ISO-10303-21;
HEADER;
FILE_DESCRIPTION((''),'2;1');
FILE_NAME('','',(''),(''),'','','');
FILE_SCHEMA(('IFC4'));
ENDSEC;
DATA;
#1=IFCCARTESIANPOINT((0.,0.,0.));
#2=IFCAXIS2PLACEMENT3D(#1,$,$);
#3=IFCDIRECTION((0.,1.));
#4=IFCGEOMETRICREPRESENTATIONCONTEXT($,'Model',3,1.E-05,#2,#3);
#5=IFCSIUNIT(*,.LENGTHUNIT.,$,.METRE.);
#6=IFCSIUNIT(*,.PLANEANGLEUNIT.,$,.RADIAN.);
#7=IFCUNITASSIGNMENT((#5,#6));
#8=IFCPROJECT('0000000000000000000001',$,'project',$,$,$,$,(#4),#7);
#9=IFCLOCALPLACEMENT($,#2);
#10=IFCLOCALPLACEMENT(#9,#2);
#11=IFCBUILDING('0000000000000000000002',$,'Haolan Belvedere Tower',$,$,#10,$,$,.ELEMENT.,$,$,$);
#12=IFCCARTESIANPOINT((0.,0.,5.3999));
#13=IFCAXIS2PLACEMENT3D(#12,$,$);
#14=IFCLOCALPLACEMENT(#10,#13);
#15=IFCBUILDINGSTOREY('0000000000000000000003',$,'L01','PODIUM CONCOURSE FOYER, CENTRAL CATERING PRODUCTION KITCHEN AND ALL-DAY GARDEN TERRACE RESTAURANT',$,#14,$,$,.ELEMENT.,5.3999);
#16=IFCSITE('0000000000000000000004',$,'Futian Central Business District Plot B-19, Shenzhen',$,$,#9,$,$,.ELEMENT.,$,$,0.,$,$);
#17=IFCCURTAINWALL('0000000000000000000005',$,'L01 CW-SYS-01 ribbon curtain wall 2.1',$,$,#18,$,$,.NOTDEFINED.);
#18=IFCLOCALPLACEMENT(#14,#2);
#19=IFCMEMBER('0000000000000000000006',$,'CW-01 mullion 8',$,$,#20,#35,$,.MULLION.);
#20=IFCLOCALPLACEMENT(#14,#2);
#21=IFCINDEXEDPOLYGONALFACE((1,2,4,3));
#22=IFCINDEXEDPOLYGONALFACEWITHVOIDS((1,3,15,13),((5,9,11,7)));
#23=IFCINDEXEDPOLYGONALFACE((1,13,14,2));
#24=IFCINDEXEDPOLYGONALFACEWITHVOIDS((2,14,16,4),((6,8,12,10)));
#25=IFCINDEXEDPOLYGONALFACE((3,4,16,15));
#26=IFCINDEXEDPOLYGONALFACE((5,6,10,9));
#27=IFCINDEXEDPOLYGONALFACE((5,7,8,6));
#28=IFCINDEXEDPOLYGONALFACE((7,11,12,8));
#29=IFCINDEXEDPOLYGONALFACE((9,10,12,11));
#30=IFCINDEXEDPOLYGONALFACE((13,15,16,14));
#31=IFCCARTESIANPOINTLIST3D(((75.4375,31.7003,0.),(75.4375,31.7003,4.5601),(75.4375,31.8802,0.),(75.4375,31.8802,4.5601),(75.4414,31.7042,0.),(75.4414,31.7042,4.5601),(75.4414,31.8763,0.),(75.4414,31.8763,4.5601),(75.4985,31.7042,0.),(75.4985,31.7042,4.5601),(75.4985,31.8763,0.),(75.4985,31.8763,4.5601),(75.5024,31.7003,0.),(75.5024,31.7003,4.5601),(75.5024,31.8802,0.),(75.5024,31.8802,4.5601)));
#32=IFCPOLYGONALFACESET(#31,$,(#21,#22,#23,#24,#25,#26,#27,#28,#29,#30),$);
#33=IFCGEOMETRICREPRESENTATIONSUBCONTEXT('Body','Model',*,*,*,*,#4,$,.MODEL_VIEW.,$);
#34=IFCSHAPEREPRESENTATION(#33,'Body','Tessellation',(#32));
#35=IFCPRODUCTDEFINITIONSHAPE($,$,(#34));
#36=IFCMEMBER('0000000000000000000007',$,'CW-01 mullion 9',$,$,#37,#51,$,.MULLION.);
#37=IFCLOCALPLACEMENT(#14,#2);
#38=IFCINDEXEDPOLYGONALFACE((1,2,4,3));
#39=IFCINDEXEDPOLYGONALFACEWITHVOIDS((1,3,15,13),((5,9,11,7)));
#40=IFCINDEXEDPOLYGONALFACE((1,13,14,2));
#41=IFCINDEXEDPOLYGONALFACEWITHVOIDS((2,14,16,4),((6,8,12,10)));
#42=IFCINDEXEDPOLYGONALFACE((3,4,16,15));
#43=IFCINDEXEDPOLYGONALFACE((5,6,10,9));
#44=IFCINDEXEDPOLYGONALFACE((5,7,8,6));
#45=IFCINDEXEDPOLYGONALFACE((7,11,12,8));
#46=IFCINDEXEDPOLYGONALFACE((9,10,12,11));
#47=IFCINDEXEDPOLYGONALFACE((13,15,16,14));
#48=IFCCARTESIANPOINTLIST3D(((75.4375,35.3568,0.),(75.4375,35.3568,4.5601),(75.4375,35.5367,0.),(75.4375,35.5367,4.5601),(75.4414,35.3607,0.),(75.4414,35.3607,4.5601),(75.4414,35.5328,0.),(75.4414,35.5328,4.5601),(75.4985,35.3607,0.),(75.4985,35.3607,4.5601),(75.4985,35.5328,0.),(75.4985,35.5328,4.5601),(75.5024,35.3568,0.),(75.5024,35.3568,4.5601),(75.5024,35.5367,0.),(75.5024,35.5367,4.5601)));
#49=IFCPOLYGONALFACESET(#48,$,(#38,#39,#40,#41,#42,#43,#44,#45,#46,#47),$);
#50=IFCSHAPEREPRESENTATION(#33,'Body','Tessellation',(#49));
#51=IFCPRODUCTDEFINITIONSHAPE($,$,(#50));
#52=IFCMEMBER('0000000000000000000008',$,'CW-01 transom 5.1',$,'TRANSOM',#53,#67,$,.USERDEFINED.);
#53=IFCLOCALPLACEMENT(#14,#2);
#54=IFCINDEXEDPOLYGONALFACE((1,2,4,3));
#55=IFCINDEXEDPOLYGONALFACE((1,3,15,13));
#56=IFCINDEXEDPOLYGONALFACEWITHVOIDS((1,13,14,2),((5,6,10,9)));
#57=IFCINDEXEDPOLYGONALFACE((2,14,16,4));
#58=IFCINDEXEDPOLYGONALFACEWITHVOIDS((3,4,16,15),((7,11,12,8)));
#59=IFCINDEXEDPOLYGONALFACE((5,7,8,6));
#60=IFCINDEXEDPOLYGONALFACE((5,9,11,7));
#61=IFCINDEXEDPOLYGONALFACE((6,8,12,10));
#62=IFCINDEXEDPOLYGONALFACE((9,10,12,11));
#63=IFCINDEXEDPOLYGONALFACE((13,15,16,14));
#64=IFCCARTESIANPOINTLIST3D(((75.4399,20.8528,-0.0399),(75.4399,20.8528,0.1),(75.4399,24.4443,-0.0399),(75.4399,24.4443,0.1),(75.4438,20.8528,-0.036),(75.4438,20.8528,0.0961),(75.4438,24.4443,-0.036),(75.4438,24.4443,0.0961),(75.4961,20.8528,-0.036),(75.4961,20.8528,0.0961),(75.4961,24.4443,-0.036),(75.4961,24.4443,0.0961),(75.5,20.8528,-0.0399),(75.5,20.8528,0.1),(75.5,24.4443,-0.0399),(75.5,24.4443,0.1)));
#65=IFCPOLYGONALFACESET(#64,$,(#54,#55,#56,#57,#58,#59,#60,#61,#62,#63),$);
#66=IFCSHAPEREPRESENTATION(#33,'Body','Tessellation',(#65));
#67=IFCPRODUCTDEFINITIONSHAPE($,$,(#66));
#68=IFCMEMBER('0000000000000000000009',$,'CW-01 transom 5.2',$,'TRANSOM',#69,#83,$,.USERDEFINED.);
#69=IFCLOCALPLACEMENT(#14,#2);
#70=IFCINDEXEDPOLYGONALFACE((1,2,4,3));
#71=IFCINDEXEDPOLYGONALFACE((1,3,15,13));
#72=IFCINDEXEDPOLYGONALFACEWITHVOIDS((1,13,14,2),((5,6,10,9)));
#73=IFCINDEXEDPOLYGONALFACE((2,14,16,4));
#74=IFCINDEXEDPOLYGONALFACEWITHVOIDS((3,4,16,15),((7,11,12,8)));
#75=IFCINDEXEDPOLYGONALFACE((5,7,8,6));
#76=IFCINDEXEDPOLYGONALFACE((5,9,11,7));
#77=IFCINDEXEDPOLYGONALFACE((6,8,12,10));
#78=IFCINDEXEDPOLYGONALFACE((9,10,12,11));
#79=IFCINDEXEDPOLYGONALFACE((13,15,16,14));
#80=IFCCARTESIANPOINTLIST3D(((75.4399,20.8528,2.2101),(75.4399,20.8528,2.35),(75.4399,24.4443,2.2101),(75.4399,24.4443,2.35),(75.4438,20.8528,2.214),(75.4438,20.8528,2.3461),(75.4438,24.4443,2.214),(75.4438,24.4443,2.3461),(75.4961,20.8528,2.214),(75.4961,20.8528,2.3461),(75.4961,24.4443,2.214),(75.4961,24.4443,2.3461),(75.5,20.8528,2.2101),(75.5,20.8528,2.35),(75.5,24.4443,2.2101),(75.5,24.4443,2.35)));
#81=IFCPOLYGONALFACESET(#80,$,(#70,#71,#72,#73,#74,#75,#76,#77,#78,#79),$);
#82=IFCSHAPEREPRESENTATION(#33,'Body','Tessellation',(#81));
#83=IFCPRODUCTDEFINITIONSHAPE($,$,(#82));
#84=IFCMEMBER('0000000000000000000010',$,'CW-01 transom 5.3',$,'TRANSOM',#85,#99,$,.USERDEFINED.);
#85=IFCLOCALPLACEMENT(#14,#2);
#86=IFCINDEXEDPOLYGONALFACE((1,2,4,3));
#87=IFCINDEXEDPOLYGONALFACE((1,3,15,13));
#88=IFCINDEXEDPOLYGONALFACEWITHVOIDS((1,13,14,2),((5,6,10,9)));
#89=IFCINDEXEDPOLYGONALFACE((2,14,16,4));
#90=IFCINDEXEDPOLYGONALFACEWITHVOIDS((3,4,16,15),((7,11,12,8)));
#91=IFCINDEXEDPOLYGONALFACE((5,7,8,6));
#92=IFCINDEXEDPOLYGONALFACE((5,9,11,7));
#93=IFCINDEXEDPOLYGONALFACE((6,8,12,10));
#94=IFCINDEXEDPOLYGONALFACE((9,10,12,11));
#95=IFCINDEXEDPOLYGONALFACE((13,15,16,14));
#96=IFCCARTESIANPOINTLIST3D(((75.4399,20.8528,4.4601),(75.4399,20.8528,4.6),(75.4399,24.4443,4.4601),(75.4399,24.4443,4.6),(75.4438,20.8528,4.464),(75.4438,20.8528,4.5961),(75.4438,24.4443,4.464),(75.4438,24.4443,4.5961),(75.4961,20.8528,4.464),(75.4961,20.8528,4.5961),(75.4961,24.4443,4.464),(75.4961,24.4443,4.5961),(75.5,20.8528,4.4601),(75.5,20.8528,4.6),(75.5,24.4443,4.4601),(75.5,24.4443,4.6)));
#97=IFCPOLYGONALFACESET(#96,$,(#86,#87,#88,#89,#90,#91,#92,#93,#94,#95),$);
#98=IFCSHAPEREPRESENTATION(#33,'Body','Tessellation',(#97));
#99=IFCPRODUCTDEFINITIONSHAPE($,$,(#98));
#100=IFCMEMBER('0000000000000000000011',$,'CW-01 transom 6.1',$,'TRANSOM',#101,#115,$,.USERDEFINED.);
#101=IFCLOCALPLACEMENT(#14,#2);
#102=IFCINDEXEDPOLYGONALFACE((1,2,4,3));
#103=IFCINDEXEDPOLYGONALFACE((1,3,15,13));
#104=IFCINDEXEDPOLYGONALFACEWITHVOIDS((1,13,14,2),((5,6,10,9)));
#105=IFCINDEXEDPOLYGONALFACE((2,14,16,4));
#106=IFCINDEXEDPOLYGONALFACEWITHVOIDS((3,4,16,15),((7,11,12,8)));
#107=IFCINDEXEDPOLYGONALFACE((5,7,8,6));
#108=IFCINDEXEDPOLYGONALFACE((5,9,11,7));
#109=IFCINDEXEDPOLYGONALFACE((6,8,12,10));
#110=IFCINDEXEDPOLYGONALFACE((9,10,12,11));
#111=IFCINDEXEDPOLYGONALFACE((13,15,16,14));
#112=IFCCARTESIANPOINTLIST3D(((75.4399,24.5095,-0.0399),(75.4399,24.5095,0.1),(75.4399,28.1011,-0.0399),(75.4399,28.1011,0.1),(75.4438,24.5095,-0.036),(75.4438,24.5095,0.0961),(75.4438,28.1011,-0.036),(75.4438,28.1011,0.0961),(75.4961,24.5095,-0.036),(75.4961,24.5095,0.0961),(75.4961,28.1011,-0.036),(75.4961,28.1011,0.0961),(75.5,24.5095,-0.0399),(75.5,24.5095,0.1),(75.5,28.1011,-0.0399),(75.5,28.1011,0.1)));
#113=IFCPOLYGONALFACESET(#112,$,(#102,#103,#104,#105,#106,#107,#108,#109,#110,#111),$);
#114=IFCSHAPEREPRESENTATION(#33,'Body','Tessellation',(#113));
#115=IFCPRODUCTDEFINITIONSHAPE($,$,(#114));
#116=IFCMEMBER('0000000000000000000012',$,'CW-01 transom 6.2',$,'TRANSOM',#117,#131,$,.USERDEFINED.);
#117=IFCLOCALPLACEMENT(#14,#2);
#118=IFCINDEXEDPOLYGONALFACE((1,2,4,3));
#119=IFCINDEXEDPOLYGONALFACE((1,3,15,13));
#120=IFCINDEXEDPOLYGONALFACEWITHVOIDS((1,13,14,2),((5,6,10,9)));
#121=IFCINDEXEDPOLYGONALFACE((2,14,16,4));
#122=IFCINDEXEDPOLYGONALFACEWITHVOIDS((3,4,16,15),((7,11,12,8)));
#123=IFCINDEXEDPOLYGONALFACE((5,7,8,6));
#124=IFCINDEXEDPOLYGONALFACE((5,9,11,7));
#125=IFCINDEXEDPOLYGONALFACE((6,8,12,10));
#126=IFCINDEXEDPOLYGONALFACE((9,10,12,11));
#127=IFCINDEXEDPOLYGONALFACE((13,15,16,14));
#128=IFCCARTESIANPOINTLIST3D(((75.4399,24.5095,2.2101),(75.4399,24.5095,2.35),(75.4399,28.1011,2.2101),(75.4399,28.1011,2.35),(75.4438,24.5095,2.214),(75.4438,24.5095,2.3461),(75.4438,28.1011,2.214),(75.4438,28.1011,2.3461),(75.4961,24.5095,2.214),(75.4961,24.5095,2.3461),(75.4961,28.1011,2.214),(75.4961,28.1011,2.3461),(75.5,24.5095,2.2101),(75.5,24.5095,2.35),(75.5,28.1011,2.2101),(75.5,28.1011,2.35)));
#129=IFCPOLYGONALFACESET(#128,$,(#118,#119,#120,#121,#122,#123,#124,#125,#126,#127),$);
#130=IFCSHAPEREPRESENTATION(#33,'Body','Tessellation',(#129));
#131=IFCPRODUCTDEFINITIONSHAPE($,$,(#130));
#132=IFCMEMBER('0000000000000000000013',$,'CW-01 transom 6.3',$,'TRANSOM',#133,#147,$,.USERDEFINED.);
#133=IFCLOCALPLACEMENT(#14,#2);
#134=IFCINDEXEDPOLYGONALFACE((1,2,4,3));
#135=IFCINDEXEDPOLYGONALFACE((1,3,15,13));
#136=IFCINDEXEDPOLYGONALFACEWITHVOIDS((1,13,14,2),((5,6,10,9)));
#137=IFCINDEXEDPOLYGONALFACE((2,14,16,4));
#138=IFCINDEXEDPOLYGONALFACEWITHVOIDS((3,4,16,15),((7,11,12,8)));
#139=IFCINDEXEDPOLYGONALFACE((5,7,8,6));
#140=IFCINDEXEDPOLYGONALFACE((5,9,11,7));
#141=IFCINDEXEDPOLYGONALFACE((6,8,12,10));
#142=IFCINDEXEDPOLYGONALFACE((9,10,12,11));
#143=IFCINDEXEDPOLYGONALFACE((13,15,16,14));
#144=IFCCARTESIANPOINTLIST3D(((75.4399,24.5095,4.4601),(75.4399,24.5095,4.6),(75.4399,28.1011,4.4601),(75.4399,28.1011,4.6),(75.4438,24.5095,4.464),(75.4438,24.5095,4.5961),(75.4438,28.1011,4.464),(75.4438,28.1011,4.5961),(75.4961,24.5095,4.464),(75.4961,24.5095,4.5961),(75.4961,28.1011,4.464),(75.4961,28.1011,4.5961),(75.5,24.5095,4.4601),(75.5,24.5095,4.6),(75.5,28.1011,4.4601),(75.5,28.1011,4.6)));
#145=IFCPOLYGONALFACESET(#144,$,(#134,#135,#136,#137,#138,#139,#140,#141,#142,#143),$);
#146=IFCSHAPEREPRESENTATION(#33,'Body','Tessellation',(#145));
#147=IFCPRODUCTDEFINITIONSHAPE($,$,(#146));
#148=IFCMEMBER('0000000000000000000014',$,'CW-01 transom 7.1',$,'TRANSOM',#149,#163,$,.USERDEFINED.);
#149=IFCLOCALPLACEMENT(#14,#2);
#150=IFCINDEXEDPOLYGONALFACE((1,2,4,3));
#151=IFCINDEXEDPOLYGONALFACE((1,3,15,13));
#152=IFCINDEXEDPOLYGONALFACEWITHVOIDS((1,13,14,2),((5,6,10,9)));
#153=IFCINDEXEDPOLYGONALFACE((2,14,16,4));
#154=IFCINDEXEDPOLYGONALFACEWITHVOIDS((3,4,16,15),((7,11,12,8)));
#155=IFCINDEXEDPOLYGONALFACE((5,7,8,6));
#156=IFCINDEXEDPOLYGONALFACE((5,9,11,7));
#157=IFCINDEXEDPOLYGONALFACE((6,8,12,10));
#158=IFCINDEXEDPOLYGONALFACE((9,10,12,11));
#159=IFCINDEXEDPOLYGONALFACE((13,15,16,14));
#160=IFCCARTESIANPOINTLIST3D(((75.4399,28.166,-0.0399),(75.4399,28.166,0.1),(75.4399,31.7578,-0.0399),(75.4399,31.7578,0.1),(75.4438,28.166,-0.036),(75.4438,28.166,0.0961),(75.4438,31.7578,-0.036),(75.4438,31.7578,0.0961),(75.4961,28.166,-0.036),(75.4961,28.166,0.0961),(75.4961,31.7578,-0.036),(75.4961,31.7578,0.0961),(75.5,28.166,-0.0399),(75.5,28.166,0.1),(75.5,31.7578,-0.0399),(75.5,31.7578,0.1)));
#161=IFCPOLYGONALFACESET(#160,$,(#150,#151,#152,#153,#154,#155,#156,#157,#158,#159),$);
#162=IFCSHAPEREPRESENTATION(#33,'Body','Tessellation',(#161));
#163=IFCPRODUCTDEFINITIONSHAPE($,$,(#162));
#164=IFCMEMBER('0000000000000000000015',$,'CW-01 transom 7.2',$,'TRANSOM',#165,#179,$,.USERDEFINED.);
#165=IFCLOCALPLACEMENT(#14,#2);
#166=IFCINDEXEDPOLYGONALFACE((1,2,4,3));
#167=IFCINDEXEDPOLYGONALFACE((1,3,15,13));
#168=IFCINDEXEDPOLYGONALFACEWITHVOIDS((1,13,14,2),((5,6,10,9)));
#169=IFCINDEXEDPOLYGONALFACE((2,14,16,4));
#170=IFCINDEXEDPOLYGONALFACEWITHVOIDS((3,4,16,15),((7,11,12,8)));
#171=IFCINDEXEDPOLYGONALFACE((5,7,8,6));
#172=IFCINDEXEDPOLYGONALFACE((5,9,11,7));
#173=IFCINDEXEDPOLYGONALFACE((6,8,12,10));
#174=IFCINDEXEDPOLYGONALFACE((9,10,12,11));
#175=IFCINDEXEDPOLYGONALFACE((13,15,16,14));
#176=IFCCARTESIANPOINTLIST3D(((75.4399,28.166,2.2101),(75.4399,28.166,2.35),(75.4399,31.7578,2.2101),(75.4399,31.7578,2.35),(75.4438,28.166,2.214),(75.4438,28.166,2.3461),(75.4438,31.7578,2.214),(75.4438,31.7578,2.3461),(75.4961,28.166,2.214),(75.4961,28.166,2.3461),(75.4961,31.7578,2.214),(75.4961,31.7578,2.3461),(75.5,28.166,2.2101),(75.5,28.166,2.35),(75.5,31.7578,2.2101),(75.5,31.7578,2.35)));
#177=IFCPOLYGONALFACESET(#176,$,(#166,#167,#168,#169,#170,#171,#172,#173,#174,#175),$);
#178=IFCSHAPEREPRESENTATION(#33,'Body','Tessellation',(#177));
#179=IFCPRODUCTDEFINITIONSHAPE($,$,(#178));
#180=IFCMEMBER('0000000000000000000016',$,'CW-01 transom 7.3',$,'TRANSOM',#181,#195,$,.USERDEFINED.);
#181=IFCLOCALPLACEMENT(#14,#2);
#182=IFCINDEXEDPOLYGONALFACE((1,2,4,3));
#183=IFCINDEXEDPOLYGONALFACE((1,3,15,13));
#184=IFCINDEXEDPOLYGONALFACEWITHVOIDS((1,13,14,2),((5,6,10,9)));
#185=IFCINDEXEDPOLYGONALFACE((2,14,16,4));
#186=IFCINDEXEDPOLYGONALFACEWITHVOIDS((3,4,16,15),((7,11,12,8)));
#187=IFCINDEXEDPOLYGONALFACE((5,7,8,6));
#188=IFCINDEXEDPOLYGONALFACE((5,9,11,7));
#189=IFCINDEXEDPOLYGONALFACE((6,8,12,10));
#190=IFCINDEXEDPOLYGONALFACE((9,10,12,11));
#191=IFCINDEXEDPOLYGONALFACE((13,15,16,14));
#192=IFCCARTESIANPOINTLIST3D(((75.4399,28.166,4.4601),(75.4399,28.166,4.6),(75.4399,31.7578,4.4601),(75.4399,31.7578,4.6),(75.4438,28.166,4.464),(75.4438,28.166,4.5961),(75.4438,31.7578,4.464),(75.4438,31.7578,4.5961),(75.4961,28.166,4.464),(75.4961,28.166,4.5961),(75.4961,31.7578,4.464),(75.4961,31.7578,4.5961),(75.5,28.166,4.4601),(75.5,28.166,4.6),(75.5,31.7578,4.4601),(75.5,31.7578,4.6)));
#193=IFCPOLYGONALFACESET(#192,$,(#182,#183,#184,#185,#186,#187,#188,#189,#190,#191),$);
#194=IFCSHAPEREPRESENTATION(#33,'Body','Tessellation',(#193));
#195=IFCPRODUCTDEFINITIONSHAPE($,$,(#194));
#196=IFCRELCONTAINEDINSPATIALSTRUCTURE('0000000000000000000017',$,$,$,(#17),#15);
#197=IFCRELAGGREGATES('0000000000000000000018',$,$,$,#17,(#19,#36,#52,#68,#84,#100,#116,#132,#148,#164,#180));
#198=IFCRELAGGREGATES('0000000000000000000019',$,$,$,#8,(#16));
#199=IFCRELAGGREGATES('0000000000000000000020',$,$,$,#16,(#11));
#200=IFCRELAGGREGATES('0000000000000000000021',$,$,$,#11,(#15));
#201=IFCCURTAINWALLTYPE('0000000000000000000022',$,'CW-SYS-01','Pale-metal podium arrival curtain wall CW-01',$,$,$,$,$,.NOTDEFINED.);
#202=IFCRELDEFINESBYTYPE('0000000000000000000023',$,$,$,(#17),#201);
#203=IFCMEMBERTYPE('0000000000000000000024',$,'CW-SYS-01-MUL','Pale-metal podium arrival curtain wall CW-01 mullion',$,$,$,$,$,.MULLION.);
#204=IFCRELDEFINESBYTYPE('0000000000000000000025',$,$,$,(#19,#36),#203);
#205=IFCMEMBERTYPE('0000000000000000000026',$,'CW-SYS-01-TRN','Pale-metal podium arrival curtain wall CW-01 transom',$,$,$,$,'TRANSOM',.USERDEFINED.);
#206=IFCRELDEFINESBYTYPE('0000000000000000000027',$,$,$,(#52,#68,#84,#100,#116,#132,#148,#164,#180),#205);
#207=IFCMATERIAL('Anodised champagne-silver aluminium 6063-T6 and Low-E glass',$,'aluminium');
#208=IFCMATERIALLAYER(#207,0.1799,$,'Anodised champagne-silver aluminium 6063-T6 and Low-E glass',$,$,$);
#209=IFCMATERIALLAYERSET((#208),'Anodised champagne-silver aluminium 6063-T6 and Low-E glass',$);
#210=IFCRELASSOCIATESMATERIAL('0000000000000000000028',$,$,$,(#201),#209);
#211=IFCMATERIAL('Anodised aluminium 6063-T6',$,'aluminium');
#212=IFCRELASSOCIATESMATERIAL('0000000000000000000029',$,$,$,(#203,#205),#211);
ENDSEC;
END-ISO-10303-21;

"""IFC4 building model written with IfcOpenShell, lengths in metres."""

from ifc_helpers import new_model, si_unit, direction, frame, origin, origin_2d, place, context, subcontext, project, spatial, hollow_rectangle, extrude, material, layer, layer_set, material_profile, profile_set, type_object, element, aggregate, save


model = new_model("IFC4")

# Units and contexts
model_context = context("Model", 3, precision=1e-05, world=origin(), true_north=direction((0.0, 1.0)))
body_context = subcontext(model_context, "Body", "Model", "MODEL_VIEW")
ifc_project = project(units=[si_unit("LENGTHUNIT", "METRE"), si_unit("PLANEANGLEUNIT", "RADIAN")], contexts=[model_context])

# Site, building, storey
site_placement = place(None, origin())
site = spatial("IfcSite", under=ifc_project, at=site_placement, Name="Futian Central Business District Plot B-19, Shenzhen", CompositionType="ELEMENT", RefElevation=0.0)
building_placement = place(site_placement, origin())
building = spatial("IfcBuilding", under=site, at=building_placement, Name="Haolan Belvedere Tower", CompositionType="ELEMENT")
storey_placement = place(building_placement, frame((0.0, 0.0, 5.3999)))
storey = spatial("IfcBuildingStorey", under=building, at=storey_placement, Name="L01", Description="PODIUM CONCOURSE FOYER, CENTRAL CATERING PRODUCTION KITCHEN AND ALL-DAY GARDEN TERRACE RESTAURANT", CompositionType="ELEMENT", Elevation=5.3999)

# Curtain wall, members
ifc_material_1 = material(Name="Anodised champagne-silver aluminium 6063-T6 and Low-E glass", Category="aluminium")
ifc_layer_1 = layer(ifc_material_1, 0.1799, Name="Anodised champagne-silver aluminium 6063-T6 and Low-E glass")
ifc_layer_set_1 = layer_set([ifc_layer_1], Name="Anodised champagne-silver aluminium 6063-T6 and Low-E glass")
curtain_wall_type = type_object("IfcCurtainWallType", Name="CW-SYS-01", Description="Pale-metal podium arrival curtain wall CW-01", PredefinedType="NOTDEFINED", material=ifc_layer_set_1)
curtain_wall_placement = place(storey_placement, origin())
curtain_wall = element("IfcCurtainWall", 1, at=curtain_wall_placement, inside=storey, type_object=curtain_wall_type, Name="L01 CW-SYS-01 ribbon curtain wall 2.1", PredefinedType="NOTDEFINED")
ifc_material_2 = material(Name="Anodised aluminium 6063-T6", Category="aluminium")
ifc_material_profile_1 = material_profile(ifc_material_2, hollow_rectangle(XDim=0.0649, YDim=0.1799, WallThickness=0.0039, at=origin_2d()), Name="Anodised aluminium 6063-T6")
ifc_profile_set_1 = profile_set([ifc_material_profile_1], Name="Anodised aluminium 6063-T6")
member_type_1 = type_object("IfcMemberType", Name="CW-SYS-01-MUL", Description="Pale-metal podium arrival curtain wall CW-01 mullion", PredefinedType="MULLION", material=ifc_profile_set_1)
member_1_placement = place(storey_placement, frame((75.47, 31.7903, 0.0), z_axis=(0.0, 0.0, 1.0), x_axis=(-1.0, 0.0, 0.0)))
member_1 = element("IfcMember", 2, at=member_1_placement, type_object=member_type_1, Name="CW-01 mullion 8", PredefinedType="MULLION", context=body_context, shape_type="SweptSolid", body=[
    extrude(hollow_rectangle(XDim=0.0649, YDim=0.1799, WallThickness=0.0039, at=origin_2d()), origin(), (0.0, 0.0, 1.0), 4.5601),
])
member_2_placement = place(storey_placement, frame((75.47, 35.4468, 0.0), z_axis=(0.0, 0.0, 1.0), x_axis=(-1.0, 0.0, 0.0)))
member_2 = element("IfcMember", 3, at=member_2_placement, type_object=member_type_1, Name="CW-01 mullion 9", PredefinedType="MULLION", context=body_context, shape_type="SweptSolid", body=[
    extrude(hollow_rectangle(XDim=0.0649, YDim=0.1799, WallThickness=0.0039, at=origin_2d()), origin(), (0.0, 0.0, 1.0), 4.5601),
])
ifc_material_profile_2 = material_profile(ifc_material_2, hollow_rectangle(XDim=0.0601, YDim=0.1399, WallThickness=0.0039, at=origin_2d()), Name="Anodised aluminium 6063-T6")
ifc_profile_set_2 = profile_set([ifc_material_profile_2], Name="Anodised aluminium 6063-T6")
member_type_2 = type_object("IfcMemberType", Name="CW-SYS-01-TRN", Description="Pale-metal podium arrival curtain wall CW-01 transom", ElementType="TRANSOM", PredefinedType="USERDEFINED", material=ifc_profile_set_2)
member_3_placement = place(storey_placement, frame((75.47, 20.8528, 0.03), z_axis=(0.0, 1.0, 0.0), x_axis=(-1.0, 0.0, 0.0)))
member_3 = element("IfcMember", 4, at=member_3_placement, type_object=member_type_2, Name="CW-01 transom 5.1", ObjectType="TRANSOM", PredefinedType="USERDEFINED", context=body_context, shape_type="SweptSolid", body=[
    extrude(hollow_rectangle(XDim=0.0601, YDim=0.1399, WallThickness=0.0039, at=origin_2d()), origin(), (0.0, 0.0, 1.0), 3.5916),
])
member_4_placement = place(storey_placement, frame((75.47, 20.8528, 2.28), z_axis=(0.0, 1.0, 0.0), x_axis=(-1.0, 0.0, 0.0)))
member_4 = element("IfcMember", 5, at=member_4_placement, type_object=member_type_2, Name="CW-01 transom 5.2", ObjectType="TRANSOM", PredefinedType="USERDEFINED", context=body_context, shape_type="SweptSolid", body=[
    extrude(hollow_rectangle(XDim=0.0601, YDim=0.1399, WallThickness=0.0039, at=origin_2d()), origin(), (0.0, 0.0, 1.0), 3.5916),
])
member_5_placement = place(storey_placement, frame((75.47, 20.8528, 4.53), z_axis=(0.0, 1.0, 0.0), x_axis=(-1.0, 0.0, 0.0)))
member_5 = element("IfcMember", 6, at=member_5_placement, type_object=member_type_2, Name="CW-01 transom 5.3", ObjectType="TRANSOM", PredefinedType="USERDEFINED", context=body_context, shape_type="SweptSolid", body=[
    extrude(hollow_rectangle(XDim=0.0601, YDim=0.1399, WallThickness=0.0039, at=origin_2d()), origin(), (0.0, 0.0, 1.0), 3.5916),
])
member_6_placement = place(storey_placement, frame((75.47, 24.5095, 0.03), z_axis=(0.0, 1.0, 0.0), x_axis=(-1.0, 0.0, 0.0)))
member_6 = element("IfcMember", 7, at=member_6_placement, type_object=member_type_2, Name="CW-01 transom 6.1", ObjectType="TRANSOM", PredefinedType="USERDEFINED", context=body_context, shape_type="SweptSolid", body=[
    extrude(hollow_rectangle(XDim=0.0601, YDim=0.1399, WallThickness=0.0039, at=origin_2d()), origin(), (0.0, 0.0, 1.0), 3.5916),
])
member_7_placement = place(storey_placement, frame((75.47, 24.5095, 2.28), z_axis=(0.0, 1.0, 0.0), x_axis=(-1.0, 0.0, 0.0)))
member_7 = element("IfcMember", 8, at=member_7_placement, type_object=member_type_2, Name="CW-01 transom 6.2", ObjectType="TRANSOM", PredefinedType="USERDEFINED", context=body_context, shape_type="SweptSolid", body=[
    extrude(hollow_rectangle(XDim=0.0601, YDim=0.1399, WallThickness=0.0039, at=origin_2d()), origin(), (0.0, 0.0, 1.0), 3.5916),
])
member_8_placement = place(storey_placement, frame((75.47, 24.5095, 4.53), z_axis=(0.0, 1.0, 0.0), x_axis=(-1.0, 0.0, 0.0)))
member_8 = element("IfcMember", 9, at=member_8_placement, type_object=member_type_2, Name="CW-01 transom 6.3", ObjectType="TRANSOM", PredefinedType="USERDEFINED", context=body_context, shape_type="SweptSolid", body=[
    extrude(hollow_rectangle(XDim=0.0601, YDim=0.1399, WallThickness=0.0039, at=origin_2d()), origin(), (0.0, 0.0, 1.0), 3.5916),
])
member_9_placement = place(storey_placement, frame((75.47, 28.166, 0.03), z_axis=(0.0, 1.0, 0.0), x_axis=(-1.0, 0.0, 0.0)))
member_9 = element("IfcMember", 10, at=member_9_placement, type_object=member_type_2, Name="CW-01 transom 7.1", ObjectType="TRANSOM", PredefinedType="USERDEFINED", context=body_context, shape_type="SweptSolid", body=[
    extrude(hollow_rectangle(XDim=0.0601, YDim=0.1399, WallThickness=0.0039, at=origin_2d()), origin(), (0.0, 0.0, 1.0), 3.5918),
])
member_10_placement = place(storey_placement, frame((75.47, 28.166, 2.28), z_axis=(0.0, 1.0, 0.0), x_axis=(-1.0, 0.0, 0.0)))
member_10 = element("IfcMember", 11, at=member_10_placement, type_object=member_type_2, Name="CW-01 transom 7.2", ObjectType="TRANSOM", PredefinedType="USERDEFINED", context=body_context, shape_type="SweptSolid", body=[
    extrude(hollow_rectangle(XDim=0.0601, YDim=0.1399, WallThickness=0.0039, at=origin_2d()), origin(), (0.0, 0.0, 1.0), 3.5918),
])
member_11_placement = place(storey_placement, frame((75.47, 28.166, 4.53), z_axis=(0.0, 1.0, 0.0), x_axis=(-1.0, 0.0, 0.0)))
member_11 = element("IfcMember", 12, at=member_11_placement, type_object=member_type_2, Name="CW-01 transom 7.3", ObjectType="TRANSOM", PredefinedType="USERDEFINED", context=body_context, shape_type="SweptSolid", body=[
    extrude(hollow_rectangle(XDim=0.0601, YDim=0.1399, WallThickness=0.0039, at=origin_2d()), origin(), (0.0, 0.0, 1.0), 3.5918),
])
aggregate(curtain_wall, [member_1, member_2, member_3, member_4, member_5, member_6, member_7, member_8, member_9, member_10, member_11])

save(model, "model.ifc")
